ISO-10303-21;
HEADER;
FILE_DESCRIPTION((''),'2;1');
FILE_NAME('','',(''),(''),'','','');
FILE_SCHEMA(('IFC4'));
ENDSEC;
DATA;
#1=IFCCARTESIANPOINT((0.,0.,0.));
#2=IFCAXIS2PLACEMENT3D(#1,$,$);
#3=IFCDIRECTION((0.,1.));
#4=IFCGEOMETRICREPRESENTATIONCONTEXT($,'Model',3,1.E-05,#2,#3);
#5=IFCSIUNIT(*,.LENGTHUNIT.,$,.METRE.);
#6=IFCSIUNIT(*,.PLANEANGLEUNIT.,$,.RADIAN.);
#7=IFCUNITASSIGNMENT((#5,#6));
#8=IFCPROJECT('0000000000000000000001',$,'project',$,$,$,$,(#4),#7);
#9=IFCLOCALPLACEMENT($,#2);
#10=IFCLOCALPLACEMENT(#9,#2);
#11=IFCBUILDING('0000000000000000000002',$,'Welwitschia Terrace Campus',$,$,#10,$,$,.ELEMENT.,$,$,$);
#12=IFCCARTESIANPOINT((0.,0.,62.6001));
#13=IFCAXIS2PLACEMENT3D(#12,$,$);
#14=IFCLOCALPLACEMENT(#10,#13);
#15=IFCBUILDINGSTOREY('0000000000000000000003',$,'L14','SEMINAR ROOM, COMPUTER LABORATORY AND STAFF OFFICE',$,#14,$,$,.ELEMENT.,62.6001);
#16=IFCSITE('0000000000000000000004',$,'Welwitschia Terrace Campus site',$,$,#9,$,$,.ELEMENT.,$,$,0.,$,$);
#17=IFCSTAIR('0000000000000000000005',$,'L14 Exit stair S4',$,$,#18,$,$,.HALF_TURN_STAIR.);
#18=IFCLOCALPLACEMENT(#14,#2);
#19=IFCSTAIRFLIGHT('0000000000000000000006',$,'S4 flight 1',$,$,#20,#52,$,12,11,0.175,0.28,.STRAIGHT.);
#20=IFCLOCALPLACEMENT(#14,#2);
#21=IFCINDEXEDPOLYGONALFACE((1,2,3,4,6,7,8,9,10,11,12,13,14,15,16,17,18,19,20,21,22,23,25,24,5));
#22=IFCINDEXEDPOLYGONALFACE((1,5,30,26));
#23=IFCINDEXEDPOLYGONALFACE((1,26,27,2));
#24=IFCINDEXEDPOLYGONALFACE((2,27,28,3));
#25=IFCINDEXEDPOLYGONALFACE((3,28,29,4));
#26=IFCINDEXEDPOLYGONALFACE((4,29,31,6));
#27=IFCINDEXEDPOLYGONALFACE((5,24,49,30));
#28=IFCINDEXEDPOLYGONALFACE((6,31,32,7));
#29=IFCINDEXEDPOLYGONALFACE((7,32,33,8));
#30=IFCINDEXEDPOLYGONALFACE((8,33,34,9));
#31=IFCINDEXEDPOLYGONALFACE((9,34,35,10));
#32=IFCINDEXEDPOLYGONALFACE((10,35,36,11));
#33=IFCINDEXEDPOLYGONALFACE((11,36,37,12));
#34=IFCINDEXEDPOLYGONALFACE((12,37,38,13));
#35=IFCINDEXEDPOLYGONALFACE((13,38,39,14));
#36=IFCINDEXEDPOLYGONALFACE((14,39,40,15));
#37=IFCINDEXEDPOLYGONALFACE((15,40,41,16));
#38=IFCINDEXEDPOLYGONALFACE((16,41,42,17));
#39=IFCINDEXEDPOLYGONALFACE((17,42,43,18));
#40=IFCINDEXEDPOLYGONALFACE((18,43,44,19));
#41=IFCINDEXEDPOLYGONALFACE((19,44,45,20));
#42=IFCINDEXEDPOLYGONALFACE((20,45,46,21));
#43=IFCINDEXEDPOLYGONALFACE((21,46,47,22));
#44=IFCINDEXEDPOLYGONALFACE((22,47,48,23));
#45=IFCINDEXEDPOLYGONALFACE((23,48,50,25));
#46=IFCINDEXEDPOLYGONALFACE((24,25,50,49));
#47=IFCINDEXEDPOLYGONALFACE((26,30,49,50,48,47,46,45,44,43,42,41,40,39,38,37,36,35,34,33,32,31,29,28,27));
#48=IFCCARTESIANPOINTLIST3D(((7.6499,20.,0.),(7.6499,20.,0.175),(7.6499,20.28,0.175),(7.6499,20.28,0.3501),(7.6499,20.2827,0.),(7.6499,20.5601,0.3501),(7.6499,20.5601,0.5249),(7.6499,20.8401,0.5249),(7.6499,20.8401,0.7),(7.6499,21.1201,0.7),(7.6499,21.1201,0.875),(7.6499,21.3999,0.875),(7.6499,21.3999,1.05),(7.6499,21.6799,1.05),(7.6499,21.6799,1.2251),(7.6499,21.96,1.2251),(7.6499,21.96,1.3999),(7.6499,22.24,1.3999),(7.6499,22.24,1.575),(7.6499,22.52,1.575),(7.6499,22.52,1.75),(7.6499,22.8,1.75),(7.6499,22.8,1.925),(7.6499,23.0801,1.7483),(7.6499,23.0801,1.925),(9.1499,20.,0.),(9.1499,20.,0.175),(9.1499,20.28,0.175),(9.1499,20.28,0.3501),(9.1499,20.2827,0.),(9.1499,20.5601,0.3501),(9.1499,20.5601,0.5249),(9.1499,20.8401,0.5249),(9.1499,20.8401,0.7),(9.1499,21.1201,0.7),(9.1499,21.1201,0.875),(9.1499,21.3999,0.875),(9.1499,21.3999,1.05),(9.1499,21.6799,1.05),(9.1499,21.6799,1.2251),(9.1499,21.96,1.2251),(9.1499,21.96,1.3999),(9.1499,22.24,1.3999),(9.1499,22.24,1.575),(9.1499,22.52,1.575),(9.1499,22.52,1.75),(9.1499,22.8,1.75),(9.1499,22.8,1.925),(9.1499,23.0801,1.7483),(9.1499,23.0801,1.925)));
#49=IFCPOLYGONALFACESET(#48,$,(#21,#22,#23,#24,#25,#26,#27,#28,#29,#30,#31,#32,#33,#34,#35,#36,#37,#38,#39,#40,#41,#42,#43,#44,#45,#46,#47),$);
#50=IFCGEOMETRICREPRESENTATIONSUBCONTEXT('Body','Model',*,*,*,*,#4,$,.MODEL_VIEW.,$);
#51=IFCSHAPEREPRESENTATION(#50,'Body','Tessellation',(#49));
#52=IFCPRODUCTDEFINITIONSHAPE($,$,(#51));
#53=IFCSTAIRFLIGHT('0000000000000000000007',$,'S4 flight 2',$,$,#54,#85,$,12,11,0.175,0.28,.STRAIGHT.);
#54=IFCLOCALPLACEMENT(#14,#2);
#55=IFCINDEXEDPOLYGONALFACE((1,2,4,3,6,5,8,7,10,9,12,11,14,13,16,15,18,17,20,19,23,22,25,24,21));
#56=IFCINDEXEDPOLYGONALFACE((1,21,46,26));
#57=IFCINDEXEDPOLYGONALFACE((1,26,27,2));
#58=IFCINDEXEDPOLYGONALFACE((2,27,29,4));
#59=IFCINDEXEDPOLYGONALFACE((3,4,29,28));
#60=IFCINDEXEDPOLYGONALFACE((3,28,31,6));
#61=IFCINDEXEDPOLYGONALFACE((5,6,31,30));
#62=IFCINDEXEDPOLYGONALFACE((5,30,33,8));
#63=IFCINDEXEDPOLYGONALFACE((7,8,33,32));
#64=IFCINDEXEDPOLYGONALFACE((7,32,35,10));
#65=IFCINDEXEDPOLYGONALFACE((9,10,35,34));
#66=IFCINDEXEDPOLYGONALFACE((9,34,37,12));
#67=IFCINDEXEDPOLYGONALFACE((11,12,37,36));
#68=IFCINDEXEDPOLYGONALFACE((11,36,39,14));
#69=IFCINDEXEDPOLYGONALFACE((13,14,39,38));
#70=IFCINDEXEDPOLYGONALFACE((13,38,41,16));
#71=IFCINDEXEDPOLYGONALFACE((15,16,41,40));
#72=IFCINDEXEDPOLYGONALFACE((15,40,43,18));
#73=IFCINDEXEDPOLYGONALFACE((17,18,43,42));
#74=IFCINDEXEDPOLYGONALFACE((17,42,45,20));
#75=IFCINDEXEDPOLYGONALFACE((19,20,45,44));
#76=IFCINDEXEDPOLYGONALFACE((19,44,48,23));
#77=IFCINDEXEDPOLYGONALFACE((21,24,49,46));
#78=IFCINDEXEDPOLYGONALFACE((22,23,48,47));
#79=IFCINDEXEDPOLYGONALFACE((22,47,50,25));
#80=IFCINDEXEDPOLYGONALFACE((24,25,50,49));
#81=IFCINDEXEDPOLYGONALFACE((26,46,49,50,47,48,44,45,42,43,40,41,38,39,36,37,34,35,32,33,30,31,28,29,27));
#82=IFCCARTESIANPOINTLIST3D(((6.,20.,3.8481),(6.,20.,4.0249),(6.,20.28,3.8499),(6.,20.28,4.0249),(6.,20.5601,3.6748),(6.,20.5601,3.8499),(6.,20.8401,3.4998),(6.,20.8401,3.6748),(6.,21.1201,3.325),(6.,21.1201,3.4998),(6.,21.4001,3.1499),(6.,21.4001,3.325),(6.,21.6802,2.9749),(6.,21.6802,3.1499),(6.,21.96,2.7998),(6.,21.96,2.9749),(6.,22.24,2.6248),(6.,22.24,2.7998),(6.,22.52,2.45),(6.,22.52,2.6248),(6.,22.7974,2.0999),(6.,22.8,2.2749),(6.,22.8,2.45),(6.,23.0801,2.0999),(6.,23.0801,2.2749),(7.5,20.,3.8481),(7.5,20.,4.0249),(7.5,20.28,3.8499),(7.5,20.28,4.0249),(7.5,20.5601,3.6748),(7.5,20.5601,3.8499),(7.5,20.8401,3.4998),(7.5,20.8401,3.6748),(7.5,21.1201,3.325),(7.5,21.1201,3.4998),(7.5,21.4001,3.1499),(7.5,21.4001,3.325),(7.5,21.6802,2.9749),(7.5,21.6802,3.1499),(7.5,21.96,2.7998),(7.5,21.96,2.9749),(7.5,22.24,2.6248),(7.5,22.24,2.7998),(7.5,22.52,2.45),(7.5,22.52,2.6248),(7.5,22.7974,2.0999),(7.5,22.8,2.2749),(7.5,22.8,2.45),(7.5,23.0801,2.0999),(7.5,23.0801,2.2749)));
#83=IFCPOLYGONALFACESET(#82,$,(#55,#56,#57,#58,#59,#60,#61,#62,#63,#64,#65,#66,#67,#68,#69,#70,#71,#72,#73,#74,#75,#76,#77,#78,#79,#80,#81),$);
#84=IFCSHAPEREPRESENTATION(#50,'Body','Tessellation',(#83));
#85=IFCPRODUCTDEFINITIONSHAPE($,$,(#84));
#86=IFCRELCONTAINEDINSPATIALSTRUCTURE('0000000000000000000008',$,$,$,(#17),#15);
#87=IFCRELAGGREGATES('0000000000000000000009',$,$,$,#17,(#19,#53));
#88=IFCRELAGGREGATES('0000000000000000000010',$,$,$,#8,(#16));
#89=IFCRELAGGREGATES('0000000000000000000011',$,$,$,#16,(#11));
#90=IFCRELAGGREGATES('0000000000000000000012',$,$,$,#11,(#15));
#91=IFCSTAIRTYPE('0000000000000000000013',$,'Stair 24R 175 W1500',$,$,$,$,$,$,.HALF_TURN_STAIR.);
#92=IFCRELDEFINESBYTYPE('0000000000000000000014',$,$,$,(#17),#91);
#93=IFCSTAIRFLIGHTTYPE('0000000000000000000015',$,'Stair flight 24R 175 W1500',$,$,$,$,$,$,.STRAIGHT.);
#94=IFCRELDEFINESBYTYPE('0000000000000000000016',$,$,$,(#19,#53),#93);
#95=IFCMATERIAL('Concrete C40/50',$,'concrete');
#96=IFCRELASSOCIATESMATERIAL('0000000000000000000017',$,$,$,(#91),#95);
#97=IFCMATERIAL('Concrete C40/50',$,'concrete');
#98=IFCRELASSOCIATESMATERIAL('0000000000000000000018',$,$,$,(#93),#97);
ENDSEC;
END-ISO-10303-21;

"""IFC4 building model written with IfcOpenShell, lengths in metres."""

from ifc_helpers import new_model, si_unit, direction, frame, origin, place, context, subcontext, project, spatial, polyline, outline, extrude, material, type_object, element, aggregate, save


model = new_model("IFC4")

# Units and contexts
model_context = context("Model", 3, precision=1e-05, world=origin(), true_north=direction((0.0, 1.0)))
body_context = subcontext(model_context, "Body", "Model", "MODEL_VIEW")
ifc_project = project(units=[si_unit("LENGTHUNIT", "METRE"), si_unit("PLANEANGLEUNIT", "RADIAN")], contexts=[model_context])

# Site, building, storey
site_placement = place(None, origin())
site = spatial("IfcSite", under=ifc_project, at=site_placement, Name="Welwitschia Terrace Campus site", CompositionType="ELEMENT", RefElevation=0.0)
building_placement = place(site_placement, origin())
building = spatial("IfcBuilding", under=site, at=building_placement, Name="Welwitschia Terrace Campus", CompositionType="ELEMENT")
storey_placement = place(building_placement, frame((0.0, 0.0, 62.6001)))
storey = spatial("IfcBuildingStorey", under=building, at=storey_placement, Name="L14", Description="SEMINAR ROOM, COMPUTER LABORATORY AND STAFF OFFICE", CompositionType="ELEMENT", Elevation=62.6001)

# Stair, stair flights
ifc_material_1 = material(Name="Concrete C40/50", Category="concrete")
stair_type = type_object("IfcStairType", Name="Stair 24R 175 W1500", PredefinedType="HALF_TURN_STAIR", material=ifc_material_1)
stair_placement = place(storey_placement, origin())
stair = element("IfcStair", 1, at=stair_placement, inside=storey, type_object=stair_type, Name="L14 Exit stair S4", PredefinedType="HALF_TURN_STAIR")
ifc_material_2 = material(Name="Concrete C40/50", Category="concrete")
stair_flight_type = type_object("IfcStairFlightType", Name="Stair flight 24R 175 W1500", PredefinedType="STRAIGHT", material=ifc_material_2)
stair_flight_1_placement = place(storey_placement, frame((8.3999, 20.0, 0.0), z_axis=(0.0, 0.0, 1.0), x_axis=(0.0, 1.0, 0.0)))
stair_flight_1 = element("IfcStairFlight", 2, at=stair_flight_1_placement, type_object=stair_flight_type, Name="S4 flight 1", NumberOfRisers=12, NumberOfTreads=11, PredefinedType="STRAIGHT", RiserHeight=0.175, TreadLength=0.28, context=body_context, shape_type="SweptSolid", body=[
    extrude(outline(polyline([(0.0, 0.0), (0.0, 0.175), (0.28, 0.175), (0.28, 0.3501), (0.5601, 0.3501), (0.5601, 0.5249), (0.8401, 0.5249), (0.8401, 0.7), (1.1201, 0.7), (1.1201, 0.875), (1.3999, 0.875), (1.3999, 1.05), (1.6799, 1.05), (1.6799, 1.2251), (1.96, 1.2251), (1.96, 1.3999), (2.24, 1.3999), (2.24, 1.575), (2.52, 1.575), (2.52, 1.75), (2.8, 1.75), (2.8, 1.925), (3.0801, 1.925), (3.0801, 2.1001), (3.0801, 1.7483), (0.2827, 0.0), (0.0, 0.0)])), frame((0.0, 0.75, 0.0), z_axis=(0.0, -1.0, 0.0), x_axis=(1.0, 0.0, 0.0)), (0.0, 0.0, 1.0), 1.5),
])
stair_flight_2_placement = place(storey_placement, frame((6.75, 23.0801, 2.0999), z_axis=(0.0, 0.0, 1.0), x_axis=(0.0, -1.0, 0.0)))
stair_flight_2 = element("IfcStairFlight", 3, at=stair_flight_2_placement, type_object=stair_flight_type, Name="S4 flight 2", NumberOfRisers=12, NumberOfTreads=11, PredefinedType="STRAIGHT", RiserHeight=0.175, TreadLength=0.28, context=body_context, shape_type="SweptSolid", body=[
    extrude(outline(polyline([(0.0, 0.0), (0.0, 0.175), (0.28, 0.175), (0.28, 0.3501), (0.5601, 0.3501), (0.5601, 0.5249), (0.8401, 0.5249), (0.8401, 0.7), (1.1201, 0.7), (1.1201, 0.875), (1.3999, 0.875), (1.3999, 1.05), (1.6799, 1.05), (1.6799, 1.2251), (1.96, 1.2251), (1.96, 1.3999), (2.24, 1.3999), (2.24, 1.575), (2.52, 1.575), (2.52, 1.75), (2.8, 1.75), (2.8, 1.925), (3.0801, 1.925), (3.0801, 2.1001), (3.0801, 1.7483), (0.2827, 0.0), (0.0, 0.0)])), frame((0.0, 0.75, 0.0), z_axis=(0.0, -1.0, 0.0), x_axis=(1.0, 0.0, 0.0)), (0.0, 0.0, 1.0), 1.5),
])
aggregate(stair, [stair_flight_1, stair_flight_2])

save(model, "model.ifc")
